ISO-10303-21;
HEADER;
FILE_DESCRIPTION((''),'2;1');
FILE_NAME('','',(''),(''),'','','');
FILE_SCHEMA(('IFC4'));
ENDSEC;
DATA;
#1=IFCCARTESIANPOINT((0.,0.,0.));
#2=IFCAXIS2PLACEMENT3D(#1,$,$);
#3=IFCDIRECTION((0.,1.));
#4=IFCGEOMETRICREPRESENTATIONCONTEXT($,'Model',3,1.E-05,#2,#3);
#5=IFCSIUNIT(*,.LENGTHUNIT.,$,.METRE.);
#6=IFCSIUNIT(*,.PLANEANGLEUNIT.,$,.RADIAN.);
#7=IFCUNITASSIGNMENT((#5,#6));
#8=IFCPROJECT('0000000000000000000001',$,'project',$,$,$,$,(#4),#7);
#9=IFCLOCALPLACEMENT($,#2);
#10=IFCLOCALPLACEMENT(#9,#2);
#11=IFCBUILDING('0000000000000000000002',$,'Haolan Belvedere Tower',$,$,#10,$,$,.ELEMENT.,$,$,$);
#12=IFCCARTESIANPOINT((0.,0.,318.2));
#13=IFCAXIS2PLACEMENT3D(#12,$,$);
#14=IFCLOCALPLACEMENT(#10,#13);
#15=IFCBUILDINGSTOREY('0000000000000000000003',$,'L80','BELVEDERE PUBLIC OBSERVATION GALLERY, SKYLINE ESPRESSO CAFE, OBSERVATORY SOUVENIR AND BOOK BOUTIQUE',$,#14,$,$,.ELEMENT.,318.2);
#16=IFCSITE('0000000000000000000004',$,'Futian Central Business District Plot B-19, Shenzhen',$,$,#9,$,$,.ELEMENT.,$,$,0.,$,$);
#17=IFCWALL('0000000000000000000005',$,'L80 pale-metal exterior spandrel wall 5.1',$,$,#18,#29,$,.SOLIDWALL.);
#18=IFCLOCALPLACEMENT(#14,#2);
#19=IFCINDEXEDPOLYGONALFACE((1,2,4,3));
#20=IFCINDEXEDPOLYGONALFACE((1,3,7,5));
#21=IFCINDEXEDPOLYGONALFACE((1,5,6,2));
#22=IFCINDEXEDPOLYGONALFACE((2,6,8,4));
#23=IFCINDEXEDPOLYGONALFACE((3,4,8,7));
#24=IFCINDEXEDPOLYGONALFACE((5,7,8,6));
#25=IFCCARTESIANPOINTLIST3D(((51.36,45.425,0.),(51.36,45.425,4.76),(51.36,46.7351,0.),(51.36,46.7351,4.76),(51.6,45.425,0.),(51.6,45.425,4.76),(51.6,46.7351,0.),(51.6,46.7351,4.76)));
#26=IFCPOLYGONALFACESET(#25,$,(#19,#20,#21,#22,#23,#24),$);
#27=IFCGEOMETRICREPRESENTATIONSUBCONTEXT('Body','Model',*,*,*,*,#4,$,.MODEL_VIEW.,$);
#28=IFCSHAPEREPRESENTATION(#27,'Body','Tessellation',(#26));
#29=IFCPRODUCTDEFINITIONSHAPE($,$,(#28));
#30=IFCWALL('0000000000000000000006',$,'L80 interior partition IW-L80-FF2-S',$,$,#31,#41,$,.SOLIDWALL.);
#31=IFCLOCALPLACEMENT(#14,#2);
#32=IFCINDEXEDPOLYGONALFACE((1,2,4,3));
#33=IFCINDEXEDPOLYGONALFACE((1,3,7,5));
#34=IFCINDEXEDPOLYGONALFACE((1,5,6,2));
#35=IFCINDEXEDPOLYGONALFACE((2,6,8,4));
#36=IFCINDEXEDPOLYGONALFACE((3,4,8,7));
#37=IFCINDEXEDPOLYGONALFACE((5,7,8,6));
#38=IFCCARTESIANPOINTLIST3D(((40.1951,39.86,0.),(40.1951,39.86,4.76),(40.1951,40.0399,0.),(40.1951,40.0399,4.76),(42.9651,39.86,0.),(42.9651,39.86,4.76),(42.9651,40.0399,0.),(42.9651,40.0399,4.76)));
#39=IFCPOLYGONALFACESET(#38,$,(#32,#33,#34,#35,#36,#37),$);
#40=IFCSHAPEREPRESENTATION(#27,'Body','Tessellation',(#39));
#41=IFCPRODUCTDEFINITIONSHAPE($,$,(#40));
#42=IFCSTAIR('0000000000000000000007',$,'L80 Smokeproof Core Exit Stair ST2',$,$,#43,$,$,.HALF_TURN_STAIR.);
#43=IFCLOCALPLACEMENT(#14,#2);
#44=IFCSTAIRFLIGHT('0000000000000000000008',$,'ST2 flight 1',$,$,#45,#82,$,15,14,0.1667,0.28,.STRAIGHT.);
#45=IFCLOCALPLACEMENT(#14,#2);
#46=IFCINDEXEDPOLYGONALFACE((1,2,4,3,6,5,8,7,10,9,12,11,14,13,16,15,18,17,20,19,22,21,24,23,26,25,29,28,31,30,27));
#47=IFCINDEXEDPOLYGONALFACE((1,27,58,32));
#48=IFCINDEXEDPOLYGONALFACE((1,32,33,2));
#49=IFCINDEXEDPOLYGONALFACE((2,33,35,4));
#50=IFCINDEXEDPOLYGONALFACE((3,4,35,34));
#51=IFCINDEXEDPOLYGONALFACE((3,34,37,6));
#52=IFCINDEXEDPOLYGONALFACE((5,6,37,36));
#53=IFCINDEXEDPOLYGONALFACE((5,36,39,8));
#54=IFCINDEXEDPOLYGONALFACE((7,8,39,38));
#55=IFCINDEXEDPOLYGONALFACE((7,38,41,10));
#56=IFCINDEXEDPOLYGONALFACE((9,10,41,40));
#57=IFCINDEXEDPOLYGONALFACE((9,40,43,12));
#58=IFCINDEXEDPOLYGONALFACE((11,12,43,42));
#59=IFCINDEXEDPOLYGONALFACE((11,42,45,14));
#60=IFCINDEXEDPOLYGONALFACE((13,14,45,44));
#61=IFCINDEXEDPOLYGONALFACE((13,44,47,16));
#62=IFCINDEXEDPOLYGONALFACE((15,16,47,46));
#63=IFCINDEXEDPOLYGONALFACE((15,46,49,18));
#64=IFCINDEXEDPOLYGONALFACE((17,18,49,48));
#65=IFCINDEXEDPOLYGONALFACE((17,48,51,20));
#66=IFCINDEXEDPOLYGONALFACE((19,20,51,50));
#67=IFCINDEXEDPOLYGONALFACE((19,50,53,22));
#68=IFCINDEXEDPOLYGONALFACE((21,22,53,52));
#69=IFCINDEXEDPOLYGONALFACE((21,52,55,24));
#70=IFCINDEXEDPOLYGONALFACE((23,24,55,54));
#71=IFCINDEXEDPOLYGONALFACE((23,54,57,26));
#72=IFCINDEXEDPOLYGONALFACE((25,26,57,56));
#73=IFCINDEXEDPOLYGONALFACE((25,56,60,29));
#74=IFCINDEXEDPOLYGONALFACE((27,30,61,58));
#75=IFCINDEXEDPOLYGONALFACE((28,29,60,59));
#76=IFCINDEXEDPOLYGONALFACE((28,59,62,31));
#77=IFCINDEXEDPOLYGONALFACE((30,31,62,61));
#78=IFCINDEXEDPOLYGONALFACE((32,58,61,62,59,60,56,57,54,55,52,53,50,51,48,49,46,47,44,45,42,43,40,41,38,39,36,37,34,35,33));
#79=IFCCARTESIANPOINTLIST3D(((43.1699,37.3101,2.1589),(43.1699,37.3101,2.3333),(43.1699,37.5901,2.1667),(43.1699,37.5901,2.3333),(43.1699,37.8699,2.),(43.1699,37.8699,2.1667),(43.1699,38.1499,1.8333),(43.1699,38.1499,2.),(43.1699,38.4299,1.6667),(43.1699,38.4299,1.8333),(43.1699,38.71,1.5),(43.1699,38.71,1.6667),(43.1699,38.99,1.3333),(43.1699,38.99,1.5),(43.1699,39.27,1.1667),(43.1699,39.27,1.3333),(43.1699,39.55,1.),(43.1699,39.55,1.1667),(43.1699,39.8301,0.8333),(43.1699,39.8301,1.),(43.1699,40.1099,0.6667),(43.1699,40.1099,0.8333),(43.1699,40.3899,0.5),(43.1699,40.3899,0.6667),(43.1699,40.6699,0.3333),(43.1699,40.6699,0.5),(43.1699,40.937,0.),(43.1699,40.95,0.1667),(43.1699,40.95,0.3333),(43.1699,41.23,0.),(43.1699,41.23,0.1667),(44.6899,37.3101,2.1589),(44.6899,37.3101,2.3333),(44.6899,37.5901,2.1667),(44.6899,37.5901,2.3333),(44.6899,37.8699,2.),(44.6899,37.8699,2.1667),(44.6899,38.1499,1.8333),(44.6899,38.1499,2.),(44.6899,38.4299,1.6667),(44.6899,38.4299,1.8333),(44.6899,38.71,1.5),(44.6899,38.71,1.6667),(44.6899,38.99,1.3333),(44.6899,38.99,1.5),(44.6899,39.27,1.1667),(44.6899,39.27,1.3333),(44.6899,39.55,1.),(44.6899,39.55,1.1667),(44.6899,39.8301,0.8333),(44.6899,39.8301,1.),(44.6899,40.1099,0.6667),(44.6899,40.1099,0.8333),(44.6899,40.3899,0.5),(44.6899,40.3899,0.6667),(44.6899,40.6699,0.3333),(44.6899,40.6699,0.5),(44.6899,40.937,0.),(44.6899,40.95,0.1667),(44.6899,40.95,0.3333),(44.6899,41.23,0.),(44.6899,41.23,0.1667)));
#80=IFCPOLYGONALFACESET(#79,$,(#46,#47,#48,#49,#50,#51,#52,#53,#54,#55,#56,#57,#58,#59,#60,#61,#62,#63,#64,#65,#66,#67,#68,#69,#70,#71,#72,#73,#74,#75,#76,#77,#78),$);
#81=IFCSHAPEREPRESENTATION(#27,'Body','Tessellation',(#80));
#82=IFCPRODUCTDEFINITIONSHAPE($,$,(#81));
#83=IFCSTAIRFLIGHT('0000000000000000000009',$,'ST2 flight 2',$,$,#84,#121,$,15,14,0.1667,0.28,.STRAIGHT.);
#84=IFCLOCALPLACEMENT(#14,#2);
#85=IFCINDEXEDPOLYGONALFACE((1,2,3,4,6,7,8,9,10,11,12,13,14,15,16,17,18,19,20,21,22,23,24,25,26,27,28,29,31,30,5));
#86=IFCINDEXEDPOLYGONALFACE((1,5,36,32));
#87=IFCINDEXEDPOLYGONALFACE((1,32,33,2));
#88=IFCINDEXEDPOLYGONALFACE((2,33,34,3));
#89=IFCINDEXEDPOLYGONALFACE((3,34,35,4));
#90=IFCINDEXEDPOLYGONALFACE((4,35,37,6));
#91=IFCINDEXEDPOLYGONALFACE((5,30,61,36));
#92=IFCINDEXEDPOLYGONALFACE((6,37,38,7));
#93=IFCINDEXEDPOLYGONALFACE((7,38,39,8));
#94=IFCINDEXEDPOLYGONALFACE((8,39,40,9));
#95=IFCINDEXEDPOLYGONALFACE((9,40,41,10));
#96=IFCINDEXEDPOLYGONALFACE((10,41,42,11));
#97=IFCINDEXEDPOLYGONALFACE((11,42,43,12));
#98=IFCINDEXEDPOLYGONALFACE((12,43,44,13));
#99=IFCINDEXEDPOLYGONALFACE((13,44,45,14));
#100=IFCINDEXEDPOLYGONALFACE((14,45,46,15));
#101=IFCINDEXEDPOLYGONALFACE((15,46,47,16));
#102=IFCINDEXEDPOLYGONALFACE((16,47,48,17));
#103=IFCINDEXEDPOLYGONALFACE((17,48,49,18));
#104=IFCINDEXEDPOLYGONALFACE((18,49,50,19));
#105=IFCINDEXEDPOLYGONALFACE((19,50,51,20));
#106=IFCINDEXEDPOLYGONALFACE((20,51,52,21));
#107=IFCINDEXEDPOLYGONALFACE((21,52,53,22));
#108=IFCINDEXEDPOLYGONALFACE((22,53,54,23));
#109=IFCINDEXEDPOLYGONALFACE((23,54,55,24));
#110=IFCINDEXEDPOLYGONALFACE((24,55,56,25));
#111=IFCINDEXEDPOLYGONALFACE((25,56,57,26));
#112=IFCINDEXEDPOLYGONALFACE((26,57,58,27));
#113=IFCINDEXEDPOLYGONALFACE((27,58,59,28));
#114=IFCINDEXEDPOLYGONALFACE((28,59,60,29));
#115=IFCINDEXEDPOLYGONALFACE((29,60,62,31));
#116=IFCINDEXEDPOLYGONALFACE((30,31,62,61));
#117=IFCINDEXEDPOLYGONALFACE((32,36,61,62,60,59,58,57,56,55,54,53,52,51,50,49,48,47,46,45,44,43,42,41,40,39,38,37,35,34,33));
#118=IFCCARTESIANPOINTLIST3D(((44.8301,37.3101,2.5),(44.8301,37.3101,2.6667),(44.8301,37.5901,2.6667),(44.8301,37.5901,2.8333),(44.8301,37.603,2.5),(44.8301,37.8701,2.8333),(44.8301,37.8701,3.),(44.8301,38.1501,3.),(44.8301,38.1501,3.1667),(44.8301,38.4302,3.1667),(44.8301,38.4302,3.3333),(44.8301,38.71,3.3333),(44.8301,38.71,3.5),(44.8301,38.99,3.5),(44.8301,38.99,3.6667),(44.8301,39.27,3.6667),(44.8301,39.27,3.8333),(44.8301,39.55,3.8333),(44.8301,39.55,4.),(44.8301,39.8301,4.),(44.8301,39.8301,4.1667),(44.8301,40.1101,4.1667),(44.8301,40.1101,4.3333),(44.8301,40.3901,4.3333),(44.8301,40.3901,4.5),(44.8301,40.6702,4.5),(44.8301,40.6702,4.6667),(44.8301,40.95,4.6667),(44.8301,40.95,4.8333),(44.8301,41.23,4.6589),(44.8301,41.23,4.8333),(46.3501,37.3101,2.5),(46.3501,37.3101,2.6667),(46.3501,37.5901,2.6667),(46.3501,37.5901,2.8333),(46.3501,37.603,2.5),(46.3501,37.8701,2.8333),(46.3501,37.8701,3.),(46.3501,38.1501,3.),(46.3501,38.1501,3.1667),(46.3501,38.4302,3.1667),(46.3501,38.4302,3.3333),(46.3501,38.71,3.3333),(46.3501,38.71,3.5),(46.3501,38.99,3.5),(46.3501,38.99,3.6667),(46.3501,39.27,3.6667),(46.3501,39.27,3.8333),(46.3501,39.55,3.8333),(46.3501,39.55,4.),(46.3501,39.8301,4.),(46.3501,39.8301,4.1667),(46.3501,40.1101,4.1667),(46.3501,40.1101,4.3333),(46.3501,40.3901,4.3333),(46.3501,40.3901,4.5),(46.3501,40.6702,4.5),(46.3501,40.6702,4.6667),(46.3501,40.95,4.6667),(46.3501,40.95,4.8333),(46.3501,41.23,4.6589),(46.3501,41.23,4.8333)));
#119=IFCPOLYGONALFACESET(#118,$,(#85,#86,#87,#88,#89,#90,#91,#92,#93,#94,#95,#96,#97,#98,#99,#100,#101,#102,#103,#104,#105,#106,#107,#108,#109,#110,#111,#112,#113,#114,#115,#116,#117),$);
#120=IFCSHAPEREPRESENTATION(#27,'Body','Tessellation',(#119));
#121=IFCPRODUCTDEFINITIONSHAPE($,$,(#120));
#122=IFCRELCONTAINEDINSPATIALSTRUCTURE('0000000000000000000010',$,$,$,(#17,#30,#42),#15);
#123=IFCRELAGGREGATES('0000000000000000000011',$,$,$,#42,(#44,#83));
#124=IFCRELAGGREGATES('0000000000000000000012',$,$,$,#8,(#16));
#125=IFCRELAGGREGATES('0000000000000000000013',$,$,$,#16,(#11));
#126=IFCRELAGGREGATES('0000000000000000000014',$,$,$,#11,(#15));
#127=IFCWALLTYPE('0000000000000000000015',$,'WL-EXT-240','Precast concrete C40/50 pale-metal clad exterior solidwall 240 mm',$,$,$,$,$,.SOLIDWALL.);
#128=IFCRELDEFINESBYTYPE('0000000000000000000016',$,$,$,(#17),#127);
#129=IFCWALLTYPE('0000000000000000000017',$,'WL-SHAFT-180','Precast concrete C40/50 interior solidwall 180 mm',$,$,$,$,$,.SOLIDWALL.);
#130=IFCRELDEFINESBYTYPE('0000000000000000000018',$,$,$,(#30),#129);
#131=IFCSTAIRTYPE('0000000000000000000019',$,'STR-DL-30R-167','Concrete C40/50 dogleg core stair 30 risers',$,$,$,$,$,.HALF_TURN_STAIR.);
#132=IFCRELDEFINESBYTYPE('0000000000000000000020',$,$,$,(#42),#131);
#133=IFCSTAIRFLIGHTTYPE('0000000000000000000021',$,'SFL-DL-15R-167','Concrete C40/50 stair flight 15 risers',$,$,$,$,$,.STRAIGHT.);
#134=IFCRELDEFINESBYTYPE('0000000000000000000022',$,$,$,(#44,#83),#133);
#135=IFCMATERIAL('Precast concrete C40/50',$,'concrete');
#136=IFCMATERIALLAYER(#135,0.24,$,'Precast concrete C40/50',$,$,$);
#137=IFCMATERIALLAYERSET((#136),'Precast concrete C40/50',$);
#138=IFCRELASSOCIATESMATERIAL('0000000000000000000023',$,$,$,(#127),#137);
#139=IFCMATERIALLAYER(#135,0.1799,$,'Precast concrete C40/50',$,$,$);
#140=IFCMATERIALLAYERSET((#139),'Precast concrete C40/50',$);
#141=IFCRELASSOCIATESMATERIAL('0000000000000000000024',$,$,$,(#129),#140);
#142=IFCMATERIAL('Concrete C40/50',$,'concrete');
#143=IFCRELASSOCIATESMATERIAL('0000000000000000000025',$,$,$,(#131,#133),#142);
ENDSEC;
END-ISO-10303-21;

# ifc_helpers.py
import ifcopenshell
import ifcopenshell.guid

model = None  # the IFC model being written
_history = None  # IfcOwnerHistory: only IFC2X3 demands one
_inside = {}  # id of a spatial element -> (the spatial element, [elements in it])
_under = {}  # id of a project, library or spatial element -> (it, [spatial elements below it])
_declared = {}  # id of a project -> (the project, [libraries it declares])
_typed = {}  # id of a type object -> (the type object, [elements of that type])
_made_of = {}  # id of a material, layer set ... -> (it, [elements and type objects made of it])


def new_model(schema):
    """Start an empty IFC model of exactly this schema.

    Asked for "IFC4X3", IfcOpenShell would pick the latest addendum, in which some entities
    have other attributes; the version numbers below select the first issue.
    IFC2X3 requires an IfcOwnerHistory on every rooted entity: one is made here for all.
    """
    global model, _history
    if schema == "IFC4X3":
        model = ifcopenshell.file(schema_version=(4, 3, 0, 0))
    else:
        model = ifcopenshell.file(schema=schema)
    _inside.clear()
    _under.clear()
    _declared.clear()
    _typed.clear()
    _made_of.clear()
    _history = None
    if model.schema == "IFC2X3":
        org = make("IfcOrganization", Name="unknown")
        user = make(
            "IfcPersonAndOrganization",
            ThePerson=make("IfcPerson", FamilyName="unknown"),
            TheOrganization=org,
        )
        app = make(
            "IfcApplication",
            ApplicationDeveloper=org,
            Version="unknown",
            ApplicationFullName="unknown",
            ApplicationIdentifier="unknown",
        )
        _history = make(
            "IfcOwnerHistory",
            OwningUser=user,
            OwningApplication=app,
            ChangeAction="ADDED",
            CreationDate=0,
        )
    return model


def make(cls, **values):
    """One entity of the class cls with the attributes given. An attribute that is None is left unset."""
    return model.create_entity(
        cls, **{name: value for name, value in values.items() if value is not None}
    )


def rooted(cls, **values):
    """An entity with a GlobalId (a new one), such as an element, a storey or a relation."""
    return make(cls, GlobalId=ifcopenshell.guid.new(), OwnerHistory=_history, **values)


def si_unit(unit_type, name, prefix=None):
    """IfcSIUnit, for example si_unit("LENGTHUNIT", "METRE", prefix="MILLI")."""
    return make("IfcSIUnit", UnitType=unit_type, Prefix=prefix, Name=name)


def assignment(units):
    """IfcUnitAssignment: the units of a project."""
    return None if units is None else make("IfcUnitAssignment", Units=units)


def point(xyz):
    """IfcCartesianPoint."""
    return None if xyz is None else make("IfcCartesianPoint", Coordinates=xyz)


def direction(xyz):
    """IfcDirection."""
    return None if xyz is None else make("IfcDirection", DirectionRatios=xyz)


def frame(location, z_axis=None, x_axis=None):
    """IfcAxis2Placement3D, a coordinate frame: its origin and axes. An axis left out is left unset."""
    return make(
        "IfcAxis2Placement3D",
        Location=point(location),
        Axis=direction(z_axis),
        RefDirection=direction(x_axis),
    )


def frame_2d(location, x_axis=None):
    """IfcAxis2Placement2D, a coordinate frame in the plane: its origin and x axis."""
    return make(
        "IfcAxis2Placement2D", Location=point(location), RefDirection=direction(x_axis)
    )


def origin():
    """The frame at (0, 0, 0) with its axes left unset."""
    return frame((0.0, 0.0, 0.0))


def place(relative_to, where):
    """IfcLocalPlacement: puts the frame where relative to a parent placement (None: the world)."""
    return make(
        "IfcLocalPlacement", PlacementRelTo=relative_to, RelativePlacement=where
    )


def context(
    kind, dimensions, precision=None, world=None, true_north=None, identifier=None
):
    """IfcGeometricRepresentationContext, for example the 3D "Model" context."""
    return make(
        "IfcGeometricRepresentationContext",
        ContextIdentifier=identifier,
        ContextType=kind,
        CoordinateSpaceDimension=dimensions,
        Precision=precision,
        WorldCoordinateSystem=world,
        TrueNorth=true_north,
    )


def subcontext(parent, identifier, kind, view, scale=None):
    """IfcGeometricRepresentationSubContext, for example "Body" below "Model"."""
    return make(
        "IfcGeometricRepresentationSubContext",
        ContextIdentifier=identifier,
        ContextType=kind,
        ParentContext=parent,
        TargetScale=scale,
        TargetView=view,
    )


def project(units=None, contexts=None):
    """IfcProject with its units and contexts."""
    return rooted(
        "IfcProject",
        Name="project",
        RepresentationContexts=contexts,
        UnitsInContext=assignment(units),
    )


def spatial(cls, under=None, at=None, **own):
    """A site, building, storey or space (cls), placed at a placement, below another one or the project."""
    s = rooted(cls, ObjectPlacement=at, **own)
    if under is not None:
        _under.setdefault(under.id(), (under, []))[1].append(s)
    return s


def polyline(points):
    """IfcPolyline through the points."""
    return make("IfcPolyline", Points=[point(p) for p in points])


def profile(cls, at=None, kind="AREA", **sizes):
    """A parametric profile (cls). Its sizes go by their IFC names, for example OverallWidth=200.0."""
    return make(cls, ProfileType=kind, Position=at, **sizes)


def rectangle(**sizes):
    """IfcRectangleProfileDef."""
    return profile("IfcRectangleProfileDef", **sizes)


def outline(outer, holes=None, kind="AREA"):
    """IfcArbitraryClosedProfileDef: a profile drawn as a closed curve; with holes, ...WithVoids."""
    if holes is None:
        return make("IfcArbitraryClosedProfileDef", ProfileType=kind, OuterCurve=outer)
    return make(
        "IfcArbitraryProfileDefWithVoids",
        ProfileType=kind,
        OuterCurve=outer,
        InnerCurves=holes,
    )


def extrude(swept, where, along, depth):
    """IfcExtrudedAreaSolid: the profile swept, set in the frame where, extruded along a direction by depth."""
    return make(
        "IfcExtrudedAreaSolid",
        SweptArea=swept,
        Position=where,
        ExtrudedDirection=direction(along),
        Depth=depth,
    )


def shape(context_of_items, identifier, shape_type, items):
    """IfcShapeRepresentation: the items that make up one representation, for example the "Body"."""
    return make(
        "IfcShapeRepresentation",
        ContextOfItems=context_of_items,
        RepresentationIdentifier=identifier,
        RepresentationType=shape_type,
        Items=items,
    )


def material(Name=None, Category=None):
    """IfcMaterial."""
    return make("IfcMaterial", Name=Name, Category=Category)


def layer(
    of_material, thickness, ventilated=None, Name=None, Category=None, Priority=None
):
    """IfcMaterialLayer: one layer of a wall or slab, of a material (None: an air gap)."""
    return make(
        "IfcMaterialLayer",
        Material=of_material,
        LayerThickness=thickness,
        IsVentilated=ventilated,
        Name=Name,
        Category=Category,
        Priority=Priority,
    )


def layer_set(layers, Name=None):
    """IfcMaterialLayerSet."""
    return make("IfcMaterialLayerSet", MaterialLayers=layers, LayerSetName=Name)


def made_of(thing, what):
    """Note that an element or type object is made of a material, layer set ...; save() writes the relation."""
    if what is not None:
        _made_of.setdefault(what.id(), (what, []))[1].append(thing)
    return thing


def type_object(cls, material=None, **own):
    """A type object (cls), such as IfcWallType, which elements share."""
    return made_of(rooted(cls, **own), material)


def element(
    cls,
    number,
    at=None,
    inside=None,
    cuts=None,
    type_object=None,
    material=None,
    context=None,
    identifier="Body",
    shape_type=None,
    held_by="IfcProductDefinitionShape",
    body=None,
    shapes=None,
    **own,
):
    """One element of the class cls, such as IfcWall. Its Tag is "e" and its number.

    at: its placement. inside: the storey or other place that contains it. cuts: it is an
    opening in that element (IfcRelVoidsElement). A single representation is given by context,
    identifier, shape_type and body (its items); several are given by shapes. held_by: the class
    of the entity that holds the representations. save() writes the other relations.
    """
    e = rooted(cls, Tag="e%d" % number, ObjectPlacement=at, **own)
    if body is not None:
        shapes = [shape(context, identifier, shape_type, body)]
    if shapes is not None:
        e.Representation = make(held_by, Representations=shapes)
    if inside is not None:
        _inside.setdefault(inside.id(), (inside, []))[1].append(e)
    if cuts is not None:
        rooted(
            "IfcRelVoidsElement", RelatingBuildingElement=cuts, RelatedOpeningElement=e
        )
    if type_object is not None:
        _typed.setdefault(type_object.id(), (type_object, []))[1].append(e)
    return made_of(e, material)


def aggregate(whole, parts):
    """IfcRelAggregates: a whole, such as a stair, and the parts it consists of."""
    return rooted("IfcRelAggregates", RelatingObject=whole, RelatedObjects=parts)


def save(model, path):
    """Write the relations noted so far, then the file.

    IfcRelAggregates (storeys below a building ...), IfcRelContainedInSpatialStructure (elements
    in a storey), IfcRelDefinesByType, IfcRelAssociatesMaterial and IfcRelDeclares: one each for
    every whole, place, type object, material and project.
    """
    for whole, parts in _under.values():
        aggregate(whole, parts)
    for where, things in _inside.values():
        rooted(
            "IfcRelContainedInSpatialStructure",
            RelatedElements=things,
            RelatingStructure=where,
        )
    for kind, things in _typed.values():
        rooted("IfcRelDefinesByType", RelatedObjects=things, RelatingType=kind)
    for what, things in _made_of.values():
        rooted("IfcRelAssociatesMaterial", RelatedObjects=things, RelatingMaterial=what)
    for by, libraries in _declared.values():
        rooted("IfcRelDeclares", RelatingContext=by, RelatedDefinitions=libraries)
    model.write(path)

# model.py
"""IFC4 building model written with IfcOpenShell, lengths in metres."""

from ifc_helpers import new_model, si_unit, direction, frame, frame_2d, origin, place, context, subcontext, project, spatial, polyline, rectangle, outline, extrude, material, layer, layer_set, type_object, element, aggregate, save


model = new_model("IFC4")

# Units and contexts
model_context = context("Model", 3, precision=1e-05, world=origin(), true_north=direction((0.0, 1.0)))
body_context = subcontext(model_context, "Body", "Model", "MODEL_VIEW")
ifc_project = project(units=[si_unit("LENGTHUNIT", "METRE"), si_unit("PLANEANGLEUNIT", "RADIAN")], contexts=[model_context])

# Site, building, storey
site_placement = place(None, origin())
site = spatial("IfcSite", under=ifc_project, at=site_placement, Name="Futian Central Business District Plot B-19, Shenzhen", CompositionType="ELEMENT", RefElevation=0.0)
building_placement = place(site_placement, origin())
building = spatial("IfcBuilding", under=site, at=building_placement, Name="Haolan Belvedere Tower", CompositionType="ELEMENT")
storey_placement = place(building_placement, frame((0.0, 0.0, 318.2)))
storey = spatial("IfcBuildingStorey", under=building, at=storey_placement, Name="L80", Description="BELVEDERE PUBLIC OBSERVATION GALLERY, SKYLINE ESPRESSO CAFE, OBSERVATORY SOUVENIR AND BOOK BOUTIQUE", CompositionType="ELEMENT", Elevation=318.2)

# Shared definitions
ifc_material_1 = material(Name="Precast concrete C40/50", Category="concrete")
ifc_layer_1 = layer(ifc_material_1, 0.24, Name="Precast concrete C40/50")
ifc_layer_set_1 = layer_set([ifc_layer_1], Name="Precast concrete C40/50")
wall_type_1 = type_object("IfcWallType", Name="WL-EXT-240", Description="Precast concrete C40/50 pale-metal clad exterior solidwall 240 mm", PredefinedType="SOLIDWALL", material=ifc_layer_set_1)

# Wall
wall_1_placement = place(storey_placement, frame((51.48, 45.425, 0.0), z_axis=(0.0, 0.0, 1.0), x_axis=(0.0, 1.0, 0.0)))
element("IfcWall", 1, at=wall_1_placement, inside=storey, type_object=wall_type_1, Name="L80 pale-metal exterior spandrel wall 5.1", PredefinedType="SOLIDWALL", context=body_context, shape_type="SweptSolid", body=[
    extrude(rectangle(XDim=1.3101, YDim=0.24, at=frame_2d((0.655, 0.0))), origin(), (0.0, 0.0, 1.0), 4.76),
])

# Shared definitions
ifc_material_2 = material(Name="Concrete C40/50", Category="concrete")

# Wall
ifc_layer_2 = layer(ifc_material_1, 0.1799, Name="Precast concrete C40/50")
ifc_layer_set_2 = layer_set([ifc_layer_2], Name="Precast concrete C40/50")
wall_type_2 = type_object("IfcWallType", Name="WL-SHAFT-180", Description="Precast concrete C40/50 interior solidwall 180 mm", PredefinedType="SOLIDWALL", material=ifc_layer_set_2)
wall_2_placement = place(storey_placement, frame((40.1951, 39.95, 0.0), z_axis=(0.0, 0.0, 1.0), x_axis=(1.0, 0.0, 0.0)))
element("IfcWall", 2, at=wall_2_placement, inside=storey, type_object=wall_type_2, Name="L80 interior partition IW-L80-FF2-S", PredefinedType="SOLIDWALL", context=body_context, shape_type="SweptSolid", body=[
    extrude(rectangle(XDim=2.77, YDim=0.1799, at=frame_2d((1.385, 0.0))), origin(), (0.0, 0.0, 1.0), 4.76),
])

# Stair, stair flights
stair_type = type_object("IfcStairType", Name="STR-DL-30R-167", Description="Concrete C40/50 dogleg core stair 30 risers", PredefinedType="HALF_TURN_STAIR", material=ifc_material_2)
stair_placement = place(storey_placement, origin())
stair = element("IfcStair", 3, at=stair_placement, inside=storey, type_object=stair_type, Name="L80 Smokeproof Core Exit Stair ST2", PredefinedType="HALF_TURN_STAIR")
stair_flight_type = type_object("IfcStairFlightType", Name="SFL-DL-15R-167", Description="Concrete C40/50 stair flight 15 risers", PredefinedType="STRAIGHT", material=ifc_material_2)
stair_flight_1_placement = place(storey_placement, frame((43.9299, 41.23, 0.0), z_axis=(0.0, 0.0, 1.0), x_axis=(0.0, -1.0, 0.0)))
stair_flight_1 = element("IfcStairFlight", 4, at=stair_flight_1_placement, type_object=stair_flight_type, Name="ST2 flight 1", NumberOfRisers=15, NumberOfTreads=14, PredefinedType="STRAIGHT", RiserHeight=0.1667, TreadLength=0.28, context=body_context, shape_type="SweptSolid", body=[
    extrude(outline(polyline([(0.0, 0.0), (0.0, 0.1667), (0.28, 0.1667), (0.28, 0.3333), (0.5601, 0.3333), (0.5601, 0.5), (0.8401, 0.5), (0.8401, 0.6667), (1.1201, 0.6667), (1.1201, 0.8333), (1.3999, 0.8333), (1.3999, 1.0), (1.6799, 1.0), (1.6799, 1.1667), (1.96, 1.1667), (1.96, 1.3333), (2.24, 1.3333), (2.24, 1.5), (2.52, 1.5), (2.52, 1.6667), (2.8, 1.6667), (2.8, 1.8333), (3.0801, 1.8333), (3.0801, 2.0), (3.3601, 2.0), (3.3601, 2.1667), (3.6399, 2.1667), (3.6399, 2.3333), (3.9199, 2.3333), (3.9199, 2.5), (3.9199, 2.1589), (0.293, 0.0), (0.0, 0.0)])), frame((0.0, 0.76, 0.0), z_axis=(0.0, -1.0, 0.0), x_axis=(1.0, 0.0, 0.0)), (0.0, 0.0, 1.0), 1.52),
])
stair_flight_2_placement = place(storey_placement, frame((45.5901, 37.3101, 2.5), z_axis=(0.0, 0.0, 1.0), x_axis=(0.0, 1.0, 0.0)))
stair_flight_2 = element("IfcStairFlight", 5, at=stair_flight_2_placement, type_object=stair_flight_type, Name="ST2 flight 2", NumberOfRisers=15, NumberOfTreads=14, PredefinedType="STRAIGHT", RiserHeight=0.1667, TreadLength=0.28, context=body_context, shape_type="SweptSolid", body=[
    extrude(outline(polyline([(0.0, 0.0), (0.0, 0.1667), (0.28, 0.1667), (0.28, 0.3333), (0.5601, 0.3333), (0.5601, 0.5), (0.8401, 0.5), (0.8401, 0.6667), (1.1201, 0.6667), (1.1201, 0.8333), (1.3999, 0.8333), (1.3999, 1.0), (1.6799, 1.0), (1.6799, 1.1667), (1.96, 1.1667), (1.96, 1.3333), (2.24, 1.3333), (2.24, 1.5), (2.52, 1.5), (2.52, 1.6667), (2.8, 1.6667), (2.8, 1.8333), (3.0801, 1.8333), (3.0801, 2.0), (3.3601, 2.0), (3.3601, 2.1667), (3.6399, 2.1667), (3.6399, 2.3333), (3.9199, 2.3333), (3.9199, 2.5), (3.9199, 2.1589), (0.293, 0.0), (0.0, 0.0)])), frame((0.0, 0.76, 0.0), z_axis=(0.0, -1.0, 0.0), x_axis=(1.0, 0.0, 0.0)), (0.0, 0.0, 1.0), 1.52),
])
aggregate(stair, [stair_flight_1, stair_flight_2])

save(model, "model.ifc")
